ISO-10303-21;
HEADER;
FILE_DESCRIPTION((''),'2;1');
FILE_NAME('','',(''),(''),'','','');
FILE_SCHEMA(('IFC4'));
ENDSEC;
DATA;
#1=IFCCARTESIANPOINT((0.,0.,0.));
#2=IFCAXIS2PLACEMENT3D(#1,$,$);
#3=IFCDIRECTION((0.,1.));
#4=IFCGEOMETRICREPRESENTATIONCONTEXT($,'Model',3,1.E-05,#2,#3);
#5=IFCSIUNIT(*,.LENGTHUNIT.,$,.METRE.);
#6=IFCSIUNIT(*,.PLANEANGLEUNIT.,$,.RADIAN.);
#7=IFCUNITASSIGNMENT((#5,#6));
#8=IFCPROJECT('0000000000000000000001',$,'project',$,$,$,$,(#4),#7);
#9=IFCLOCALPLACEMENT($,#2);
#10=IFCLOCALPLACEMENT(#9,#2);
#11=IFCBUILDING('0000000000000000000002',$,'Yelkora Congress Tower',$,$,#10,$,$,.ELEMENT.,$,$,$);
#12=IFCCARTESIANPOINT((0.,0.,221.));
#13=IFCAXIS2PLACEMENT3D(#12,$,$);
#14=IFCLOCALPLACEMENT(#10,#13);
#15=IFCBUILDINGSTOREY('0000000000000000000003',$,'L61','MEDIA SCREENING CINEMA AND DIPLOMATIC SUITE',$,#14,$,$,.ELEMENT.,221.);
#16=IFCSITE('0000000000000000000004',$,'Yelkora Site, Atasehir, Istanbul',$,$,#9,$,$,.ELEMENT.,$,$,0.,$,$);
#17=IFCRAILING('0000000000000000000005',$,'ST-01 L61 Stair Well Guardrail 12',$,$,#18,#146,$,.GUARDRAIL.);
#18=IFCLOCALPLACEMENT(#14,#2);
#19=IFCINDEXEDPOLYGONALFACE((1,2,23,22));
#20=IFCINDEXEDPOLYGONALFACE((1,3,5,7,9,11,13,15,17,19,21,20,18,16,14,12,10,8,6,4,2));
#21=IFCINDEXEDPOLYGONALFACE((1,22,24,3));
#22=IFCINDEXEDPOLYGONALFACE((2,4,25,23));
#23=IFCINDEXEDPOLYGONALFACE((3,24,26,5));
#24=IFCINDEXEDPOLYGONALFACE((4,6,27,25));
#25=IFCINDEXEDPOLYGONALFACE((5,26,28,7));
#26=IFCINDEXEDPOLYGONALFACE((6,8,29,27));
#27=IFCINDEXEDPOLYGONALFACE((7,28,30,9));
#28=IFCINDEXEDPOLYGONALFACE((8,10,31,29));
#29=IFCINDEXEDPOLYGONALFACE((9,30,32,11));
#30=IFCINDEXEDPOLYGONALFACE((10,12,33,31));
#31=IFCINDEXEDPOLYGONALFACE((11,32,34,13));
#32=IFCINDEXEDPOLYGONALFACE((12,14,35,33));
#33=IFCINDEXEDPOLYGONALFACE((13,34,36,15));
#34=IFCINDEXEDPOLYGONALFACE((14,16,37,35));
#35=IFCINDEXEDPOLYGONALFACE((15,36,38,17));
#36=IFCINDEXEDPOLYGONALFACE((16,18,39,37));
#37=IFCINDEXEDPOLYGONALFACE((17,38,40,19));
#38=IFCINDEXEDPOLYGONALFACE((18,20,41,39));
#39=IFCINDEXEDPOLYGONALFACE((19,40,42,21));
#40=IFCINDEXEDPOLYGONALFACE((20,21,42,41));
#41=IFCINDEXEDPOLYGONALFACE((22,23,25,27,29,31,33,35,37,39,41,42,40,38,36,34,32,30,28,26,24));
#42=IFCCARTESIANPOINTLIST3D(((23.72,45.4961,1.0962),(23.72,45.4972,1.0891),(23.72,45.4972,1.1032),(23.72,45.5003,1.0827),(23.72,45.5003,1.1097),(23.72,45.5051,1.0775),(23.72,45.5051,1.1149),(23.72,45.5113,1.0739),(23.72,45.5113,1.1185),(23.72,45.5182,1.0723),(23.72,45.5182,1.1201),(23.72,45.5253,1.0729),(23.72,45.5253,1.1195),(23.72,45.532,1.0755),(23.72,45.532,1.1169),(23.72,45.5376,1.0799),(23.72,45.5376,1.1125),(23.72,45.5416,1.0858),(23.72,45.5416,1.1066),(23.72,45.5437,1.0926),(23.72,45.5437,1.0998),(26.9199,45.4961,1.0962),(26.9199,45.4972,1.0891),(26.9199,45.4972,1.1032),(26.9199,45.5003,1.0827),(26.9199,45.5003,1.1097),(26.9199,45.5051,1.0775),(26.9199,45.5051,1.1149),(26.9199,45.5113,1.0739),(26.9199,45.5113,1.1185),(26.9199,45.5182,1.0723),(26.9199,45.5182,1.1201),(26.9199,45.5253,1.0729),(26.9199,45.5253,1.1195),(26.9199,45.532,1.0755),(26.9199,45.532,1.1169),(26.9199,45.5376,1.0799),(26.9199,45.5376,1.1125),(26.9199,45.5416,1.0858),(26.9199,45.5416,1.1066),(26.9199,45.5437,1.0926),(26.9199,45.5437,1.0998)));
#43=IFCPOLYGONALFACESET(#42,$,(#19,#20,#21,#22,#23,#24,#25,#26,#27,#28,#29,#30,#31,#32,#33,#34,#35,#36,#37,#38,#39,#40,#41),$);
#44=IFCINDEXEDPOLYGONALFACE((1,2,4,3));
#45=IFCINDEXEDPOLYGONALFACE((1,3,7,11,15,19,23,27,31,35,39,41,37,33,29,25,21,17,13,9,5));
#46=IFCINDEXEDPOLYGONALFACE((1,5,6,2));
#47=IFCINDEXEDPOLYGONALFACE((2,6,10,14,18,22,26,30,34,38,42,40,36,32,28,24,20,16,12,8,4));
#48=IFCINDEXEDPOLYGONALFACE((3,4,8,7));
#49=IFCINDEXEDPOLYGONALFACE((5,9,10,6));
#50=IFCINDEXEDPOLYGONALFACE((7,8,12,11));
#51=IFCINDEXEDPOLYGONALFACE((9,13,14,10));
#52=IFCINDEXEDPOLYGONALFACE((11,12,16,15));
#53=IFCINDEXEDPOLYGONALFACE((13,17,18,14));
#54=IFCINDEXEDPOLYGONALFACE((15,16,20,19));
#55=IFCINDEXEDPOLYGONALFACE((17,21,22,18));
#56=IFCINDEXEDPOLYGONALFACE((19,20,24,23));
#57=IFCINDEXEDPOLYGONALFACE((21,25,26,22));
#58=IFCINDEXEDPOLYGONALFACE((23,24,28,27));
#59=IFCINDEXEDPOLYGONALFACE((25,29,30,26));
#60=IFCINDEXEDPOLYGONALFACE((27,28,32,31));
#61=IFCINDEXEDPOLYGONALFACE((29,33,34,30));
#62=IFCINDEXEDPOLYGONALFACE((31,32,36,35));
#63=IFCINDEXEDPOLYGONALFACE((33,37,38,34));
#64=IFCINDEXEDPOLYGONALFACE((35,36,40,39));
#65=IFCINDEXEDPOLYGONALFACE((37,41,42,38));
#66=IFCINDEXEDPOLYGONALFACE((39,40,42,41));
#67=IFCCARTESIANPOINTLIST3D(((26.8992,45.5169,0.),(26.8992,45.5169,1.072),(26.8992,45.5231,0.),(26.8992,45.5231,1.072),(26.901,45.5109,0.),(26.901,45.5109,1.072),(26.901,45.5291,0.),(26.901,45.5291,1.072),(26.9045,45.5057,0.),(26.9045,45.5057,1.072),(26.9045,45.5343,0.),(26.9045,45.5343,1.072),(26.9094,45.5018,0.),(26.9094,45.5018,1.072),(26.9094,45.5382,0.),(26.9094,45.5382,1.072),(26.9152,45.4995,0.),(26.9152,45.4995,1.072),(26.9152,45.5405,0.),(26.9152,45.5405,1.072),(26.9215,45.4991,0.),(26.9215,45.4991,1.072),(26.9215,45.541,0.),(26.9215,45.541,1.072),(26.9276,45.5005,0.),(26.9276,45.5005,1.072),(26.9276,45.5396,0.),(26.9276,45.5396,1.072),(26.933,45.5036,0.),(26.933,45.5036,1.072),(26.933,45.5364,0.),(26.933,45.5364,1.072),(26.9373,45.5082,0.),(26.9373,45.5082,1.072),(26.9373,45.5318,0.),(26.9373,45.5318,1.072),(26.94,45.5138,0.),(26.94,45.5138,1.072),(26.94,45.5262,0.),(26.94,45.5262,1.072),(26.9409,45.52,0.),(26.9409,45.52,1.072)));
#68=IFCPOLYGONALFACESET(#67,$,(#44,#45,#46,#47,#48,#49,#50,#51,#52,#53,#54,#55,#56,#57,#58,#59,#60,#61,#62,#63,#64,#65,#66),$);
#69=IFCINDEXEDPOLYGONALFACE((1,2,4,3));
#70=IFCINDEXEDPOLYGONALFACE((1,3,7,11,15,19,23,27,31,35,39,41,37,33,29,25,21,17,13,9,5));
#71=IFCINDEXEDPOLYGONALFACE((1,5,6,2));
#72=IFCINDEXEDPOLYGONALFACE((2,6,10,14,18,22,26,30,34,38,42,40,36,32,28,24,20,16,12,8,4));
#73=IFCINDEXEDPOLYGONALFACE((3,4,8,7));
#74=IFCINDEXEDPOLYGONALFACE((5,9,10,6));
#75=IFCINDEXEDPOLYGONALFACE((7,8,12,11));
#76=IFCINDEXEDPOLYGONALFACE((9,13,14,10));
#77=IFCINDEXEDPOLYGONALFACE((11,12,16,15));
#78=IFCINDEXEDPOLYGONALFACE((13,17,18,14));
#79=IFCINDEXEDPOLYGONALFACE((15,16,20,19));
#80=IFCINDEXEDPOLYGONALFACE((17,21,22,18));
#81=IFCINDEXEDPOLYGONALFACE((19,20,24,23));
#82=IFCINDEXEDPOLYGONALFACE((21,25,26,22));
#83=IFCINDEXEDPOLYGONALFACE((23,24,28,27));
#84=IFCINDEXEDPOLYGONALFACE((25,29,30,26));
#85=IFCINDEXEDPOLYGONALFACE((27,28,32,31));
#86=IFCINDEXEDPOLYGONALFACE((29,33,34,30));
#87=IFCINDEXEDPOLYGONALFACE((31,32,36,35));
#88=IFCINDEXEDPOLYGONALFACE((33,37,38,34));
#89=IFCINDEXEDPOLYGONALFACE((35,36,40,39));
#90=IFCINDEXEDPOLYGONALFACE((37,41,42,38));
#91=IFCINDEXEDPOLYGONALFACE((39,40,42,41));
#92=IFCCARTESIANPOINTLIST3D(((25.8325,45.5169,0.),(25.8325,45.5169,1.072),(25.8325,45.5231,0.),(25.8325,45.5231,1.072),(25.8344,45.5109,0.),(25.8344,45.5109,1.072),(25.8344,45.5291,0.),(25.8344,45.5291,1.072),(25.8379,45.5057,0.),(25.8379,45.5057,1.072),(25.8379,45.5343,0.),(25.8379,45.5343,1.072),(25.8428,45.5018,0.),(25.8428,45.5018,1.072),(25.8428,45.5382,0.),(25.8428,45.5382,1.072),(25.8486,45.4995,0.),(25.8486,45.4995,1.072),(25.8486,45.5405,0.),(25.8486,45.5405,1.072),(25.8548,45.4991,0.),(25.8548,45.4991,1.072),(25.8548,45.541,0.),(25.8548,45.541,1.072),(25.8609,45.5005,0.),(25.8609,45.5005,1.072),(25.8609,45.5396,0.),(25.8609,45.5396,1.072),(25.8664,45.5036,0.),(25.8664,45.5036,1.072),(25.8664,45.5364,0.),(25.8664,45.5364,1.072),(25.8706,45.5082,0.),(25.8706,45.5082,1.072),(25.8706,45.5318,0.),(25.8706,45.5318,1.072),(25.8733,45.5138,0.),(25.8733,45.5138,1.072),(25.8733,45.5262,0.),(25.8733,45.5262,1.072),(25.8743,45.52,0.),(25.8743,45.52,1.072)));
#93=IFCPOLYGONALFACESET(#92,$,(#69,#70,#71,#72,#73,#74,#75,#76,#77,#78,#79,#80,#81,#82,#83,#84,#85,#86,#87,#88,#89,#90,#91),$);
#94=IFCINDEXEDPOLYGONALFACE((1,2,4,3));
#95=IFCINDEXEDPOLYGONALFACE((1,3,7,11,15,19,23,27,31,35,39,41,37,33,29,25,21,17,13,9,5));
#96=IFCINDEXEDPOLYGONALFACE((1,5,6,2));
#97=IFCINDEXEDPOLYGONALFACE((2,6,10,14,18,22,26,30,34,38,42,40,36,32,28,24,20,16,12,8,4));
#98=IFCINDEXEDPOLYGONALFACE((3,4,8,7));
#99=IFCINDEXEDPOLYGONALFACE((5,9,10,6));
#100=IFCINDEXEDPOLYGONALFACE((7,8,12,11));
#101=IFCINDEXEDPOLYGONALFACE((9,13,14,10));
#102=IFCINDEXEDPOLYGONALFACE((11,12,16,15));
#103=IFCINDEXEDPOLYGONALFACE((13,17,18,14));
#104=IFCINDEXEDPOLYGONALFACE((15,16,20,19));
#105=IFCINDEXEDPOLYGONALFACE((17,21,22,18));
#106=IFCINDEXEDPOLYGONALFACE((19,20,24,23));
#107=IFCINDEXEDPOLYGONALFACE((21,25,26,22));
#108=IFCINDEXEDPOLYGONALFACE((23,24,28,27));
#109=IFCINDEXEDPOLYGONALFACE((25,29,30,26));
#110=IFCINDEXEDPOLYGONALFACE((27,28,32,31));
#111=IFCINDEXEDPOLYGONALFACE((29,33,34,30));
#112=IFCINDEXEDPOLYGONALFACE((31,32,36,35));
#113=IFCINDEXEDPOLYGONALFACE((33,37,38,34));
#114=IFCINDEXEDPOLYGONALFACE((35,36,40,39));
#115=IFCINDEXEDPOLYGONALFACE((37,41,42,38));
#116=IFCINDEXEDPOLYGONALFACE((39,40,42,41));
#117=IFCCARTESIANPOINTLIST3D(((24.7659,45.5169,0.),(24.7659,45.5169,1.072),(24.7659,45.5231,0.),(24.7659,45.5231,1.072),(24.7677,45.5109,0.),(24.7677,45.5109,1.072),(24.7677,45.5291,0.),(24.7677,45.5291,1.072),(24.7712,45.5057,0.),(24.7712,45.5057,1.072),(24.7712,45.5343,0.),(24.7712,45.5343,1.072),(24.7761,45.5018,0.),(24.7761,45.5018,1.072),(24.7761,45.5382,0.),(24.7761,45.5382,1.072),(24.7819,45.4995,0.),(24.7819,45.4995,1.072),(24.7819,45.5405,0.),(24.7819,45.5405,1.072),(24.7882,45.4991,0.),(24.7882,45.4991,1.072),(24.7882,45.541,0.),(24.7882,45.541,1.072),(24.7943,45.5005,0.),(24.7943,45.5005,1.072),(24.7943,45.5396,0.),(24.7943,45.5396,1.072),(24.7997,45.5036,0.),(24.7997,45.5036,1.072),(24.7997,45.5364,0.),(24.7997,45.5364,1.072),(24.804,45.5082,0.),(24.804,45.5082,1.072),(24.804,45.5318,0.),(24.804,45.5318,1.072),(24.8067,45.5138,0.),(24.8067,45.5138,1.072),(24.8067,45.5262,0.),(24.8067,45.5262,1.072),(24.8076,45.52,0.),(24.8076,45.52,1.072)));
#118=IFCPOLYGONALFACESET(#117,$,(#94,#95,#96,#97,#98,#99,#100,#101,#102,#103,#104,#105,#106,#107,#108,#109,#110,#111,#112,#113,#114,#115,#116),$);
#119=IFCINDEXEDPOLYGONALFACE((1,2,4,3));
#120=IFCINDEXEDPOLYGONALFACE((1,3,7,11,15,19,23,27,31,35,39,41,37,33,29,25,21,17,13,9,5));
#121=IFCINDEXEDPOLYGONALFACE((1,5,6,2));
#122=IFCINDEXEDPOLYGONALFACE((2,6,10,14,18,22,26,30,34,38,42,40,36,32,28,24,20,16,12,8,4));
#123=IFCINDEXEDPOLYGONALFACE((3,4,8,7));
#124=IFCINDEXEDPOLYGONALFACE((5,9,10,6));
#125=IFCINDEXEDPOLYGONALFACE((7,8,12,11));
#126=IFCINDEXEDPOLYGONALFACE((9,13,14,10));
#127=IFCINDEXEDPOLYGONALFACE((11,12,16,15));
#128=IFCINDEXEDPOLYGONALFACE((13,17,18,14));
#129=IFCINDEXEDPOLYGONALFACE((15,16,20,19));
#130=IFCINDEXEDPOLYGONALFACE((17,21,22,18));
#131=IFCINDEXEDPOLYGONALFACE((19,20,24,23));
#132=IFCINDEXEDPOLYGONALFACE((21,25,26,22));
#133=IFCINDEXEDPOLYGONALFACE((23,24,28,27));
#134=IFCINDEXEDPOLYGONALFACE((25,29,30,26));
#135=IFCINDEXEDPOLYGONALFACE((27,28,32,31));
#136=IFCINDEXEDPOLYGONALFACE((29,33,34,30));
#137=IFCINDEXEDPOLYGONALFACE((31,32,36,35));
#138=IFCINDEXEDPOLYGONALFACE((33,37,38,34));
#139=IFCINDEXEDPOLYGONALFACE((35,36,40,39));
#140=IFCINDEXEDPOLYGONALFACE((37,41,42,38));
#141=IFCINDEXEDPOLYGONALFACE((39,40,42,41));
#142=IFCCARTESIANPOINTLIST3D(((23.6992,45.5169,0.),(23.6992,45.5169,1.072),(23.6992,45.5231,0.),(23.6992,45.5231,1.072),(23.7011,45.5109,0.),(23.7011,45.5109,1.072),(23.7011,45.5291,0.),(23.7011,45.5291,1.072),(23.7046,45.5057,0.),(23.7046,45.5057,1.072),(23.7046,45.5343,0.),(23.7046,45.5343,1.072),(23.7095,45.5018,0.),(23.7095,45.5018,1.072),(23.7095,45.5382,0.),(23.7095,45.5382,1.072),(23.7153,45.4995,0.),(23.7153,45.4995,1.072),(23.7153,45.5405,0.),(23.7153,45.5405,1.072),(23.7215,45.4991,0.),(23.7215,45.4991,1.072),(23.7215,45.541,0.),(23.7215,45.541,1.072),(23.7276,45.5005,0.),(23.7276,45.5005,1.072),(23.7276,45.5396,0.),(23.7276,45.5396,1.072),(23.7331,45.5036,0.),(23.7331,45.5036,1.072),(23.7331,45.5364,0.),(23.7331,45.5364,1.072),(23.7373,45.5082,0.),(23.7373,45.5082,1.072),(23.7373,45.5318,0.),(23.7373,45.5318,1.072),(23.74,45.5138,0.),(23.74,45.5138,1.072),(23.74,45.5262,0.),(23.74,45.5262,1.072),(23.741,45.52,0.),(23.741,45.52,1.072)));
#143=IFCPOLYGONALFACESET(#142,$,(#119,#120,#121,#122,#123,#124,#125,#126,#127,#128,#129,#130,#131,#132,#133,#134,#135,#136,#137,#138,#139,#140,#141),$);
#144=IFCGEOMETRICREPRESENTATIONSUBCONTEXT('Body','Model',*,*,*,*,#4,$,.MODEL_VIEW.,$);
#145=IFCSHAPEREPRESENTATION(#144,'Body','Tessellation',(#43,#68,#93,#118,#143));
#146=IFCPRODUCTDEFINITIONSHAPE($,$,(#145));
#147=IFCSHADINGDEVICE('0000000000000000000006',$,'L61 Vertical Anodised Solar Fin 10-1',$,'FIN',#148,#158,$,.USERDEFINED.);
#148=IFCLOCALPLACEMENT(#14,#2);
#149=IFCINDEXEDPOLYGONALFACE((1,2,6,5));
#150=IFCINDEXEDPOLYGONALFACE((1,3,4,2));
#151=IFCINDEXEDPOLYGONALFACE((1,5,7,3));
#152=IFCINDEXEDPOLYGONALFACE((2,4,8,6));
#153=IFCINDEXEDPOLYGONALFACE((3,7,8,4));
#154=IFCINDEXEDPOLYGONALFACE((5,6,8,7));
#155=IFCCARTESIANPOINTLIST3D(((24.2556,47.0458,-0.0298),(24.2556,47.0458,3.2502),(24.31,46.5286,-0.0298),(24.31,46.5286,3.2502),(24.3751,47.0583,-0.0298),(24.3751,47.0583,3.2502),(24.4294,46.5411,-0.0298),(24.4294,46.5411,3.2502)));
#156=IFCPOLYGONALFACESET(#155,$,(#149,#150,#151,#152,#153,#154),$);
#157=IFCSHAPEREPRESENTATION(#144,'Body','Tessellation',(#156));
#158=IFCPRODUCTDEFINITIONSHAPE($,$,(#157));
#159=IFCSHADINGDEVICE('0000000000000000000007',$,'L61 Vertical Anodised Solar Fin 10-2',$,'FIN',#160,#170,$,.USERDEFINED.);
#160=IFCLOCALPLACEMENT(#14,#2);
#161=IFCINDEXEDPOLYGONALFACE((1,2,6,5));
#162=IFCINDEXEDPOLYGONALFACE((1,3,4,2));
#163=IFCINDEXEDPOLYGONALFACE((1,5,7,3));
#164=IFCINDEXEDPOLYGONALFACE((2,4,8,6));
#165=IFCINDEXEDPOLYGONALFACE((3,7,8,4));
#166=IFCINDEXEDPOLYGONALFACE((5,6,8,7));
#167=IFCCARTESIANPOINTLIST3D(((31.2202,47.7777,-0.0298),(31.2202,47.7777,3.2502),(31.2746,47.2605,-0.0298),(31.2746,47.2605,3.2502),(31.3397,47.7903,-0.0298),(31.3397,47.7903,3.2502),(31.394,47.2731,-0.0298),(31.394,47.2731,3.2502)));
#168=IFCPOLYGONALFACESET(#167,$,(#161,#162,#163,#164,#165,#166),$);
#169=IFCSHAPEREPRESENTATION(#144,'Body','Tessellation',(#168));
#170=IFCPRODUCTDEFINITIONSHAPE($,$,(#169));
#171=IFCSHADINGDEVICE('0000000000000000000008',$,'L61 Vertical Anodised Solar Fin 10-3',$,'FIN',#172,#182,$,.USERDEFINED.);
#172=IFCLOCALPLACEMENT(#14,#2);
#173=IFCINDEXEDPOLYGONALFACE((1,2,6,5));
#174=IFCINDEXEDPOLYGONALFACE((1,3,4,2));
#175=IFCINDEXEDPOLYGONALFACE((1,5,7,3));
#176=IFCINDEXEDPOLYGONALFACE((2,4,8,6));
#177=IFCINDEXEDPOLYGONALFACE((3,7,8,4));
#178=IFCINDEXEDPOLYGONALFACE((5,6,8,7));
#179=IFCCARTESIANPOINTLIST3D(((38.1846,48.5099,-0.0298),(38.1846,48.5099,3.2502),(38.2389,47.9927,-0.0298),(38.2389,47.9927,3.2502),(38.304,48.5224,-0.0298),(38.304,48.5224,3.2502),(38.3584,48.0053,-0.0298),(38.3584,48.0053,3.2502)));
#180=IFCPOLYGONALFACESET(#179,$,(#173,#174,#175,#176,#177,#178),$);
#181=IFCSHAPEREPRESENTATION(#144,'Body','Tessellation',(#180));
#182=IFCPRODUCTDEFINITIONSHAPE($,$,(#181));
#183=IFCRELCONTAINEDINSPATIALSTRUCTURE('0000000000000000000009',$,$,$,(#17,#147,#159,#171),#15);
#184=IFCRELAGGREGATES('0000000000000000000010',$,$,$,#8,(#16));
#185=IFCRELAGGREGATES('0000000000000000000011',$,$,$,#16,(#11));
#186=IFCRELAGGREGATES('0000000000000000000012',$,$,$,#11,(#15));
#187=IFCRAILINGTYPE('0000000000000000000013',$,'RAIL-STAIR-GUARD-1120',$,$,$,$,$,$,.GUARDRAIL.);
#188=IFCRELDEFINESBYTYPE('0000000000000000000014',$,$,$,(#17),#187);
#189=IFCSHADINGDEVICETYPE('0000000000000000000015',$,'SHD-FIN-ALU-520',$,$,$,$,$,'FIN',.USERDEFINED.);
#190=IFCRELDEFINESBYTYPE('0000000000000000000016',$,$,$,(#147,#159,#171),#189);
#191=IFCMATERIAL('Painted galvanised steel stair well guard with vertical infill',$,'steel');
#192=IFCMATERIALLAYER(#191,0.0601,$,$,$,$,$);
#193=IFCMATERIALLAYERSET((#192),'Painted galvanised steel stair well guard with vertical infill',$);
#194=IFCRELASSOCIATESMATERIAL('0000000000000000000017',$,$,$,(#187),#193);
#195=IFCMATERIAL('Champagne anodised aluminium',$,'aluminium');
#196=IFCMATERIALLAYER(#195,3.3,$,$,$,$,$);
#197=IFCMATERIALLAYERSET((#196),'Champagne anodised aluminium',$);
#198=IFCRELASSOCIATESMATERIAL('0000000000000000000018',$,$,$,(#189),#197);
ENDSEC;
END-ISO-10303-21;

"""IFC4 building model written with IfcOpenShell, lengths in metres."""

from ifc_helpers import new_model, si_unit, direction, frame, origin, origin_2d, place, context, subcontext, project, spatial, rectangle, circle, extrude, material, layer, layer_set, type_object, element, save


model = new_model("IFC4")

# Units and contexts
model_context = context("Model", 3, precision=1e-05, world=origin(), true_north=direction((0.0, 1.0)))
body_context = subcontext(model_context, "Body", "Model", "MODEL_VIEW")
ifc_project = project(units=[si_unit("LENGTHUNIT", "METRE"), si_unit("PLANEANGLEUNIT", "RADIAN")], contexts=[model_context])

# Site, building, storey
site_placement = place(None, origin())
site = spatial("IfcSite", under=ifc_project, at=site_placement, Name="Yelkora Site, Atasehir, Istanbul", CompositionType="ELEMENT", RefElevation=0.0)
building_placement = place(site_placement, origin())
building = spatial("IfcBuilding", under=site, at=building_placement, Name="Yelkora Congress Tower", CompositionType="ELEMENT")
storey_placement = place(building_placement, frame((0.0, 0.0, 221.0)))
storey = spatial("IfcBuildingStorey", under=building, at=storey_placement, Name="L61", Description="MEDIA SCREENING CINEMA AND DIPLOMATIC SUITE", CompositionType="ELEMENT", Elevation=221.0)

# Railing
ifc_material_1 = material(Name="Painted galvanised steel stair well guard with vertical infill", Category="steel")
ifc_layer_1 = layer(ifc_material_1, 0.0601)
ifc_layer_set_1 = layer_set([ifc_layer_1], Name="Painted galvanised steel stair well guard with vertical infill")
railing_type = type_object("IfcRailingType", Name="RAIL-STAIR-GUARD-1120", PredefinedType="GUARDRAIL", material=ifc_layer_set_1)
railing_1_placement = place(storey_placement, frame((26.9199, 45.52, 0.0)))
element("IfcRailing", 1, at=railing_1_placement, inside=storey, type_object=railing_type, Name="ST-01 L61 Stair Well Guardrail 12", PredefinedType="GUARDRAIL", context=body_context, shape_type="SweptSolid", body=[
    extrude(circle(Radius=0.0239, at=origin_2d()), frame((0.0, 0.0, 1.0962), z_axis=(-1.0, 0.0, 0.0), x_axis=(0.0, -1.0, 0.0)), (0.0, 0.0, 1.0), 3.2),
    extrude(circle(Radius=0.021, at=origin_2d()), origin(), (0.0, 0.0, 1.0), 1.072),
    extrude(circle(Radius=0.021, at=origin_2d()), frame((-1.0667, 0.0, 0.0)), (0.0, 0.0, 1.0), 1.072),
    extrude(circle(Radius=0.021, at=origin_2d()), frame((-2.1333, 0.0, 0.0)), (0.0, 0.0, 1.0), 1.072),
    extrude(circle(Radius=0.021, at=origin_2d()), frame((-3.2, 0.0, 0.0)), (0.0, 0.0, 1.0), 1.072),
])

# Shading devices
ifc_material_2 = material(Name="Champagne anodised aluminium", Category="aluminium")
ifc_layer_2 = layer(ifc_material_2, 3.3)
ifc_layer_set_2 = layer_set([ifc_layer_2], Name="Champagne anodised aluminium")
shading_device_type = type_object("IfcShadingDeviceType", Name="SHD-FIN-ALU-520", ElementType="FIN", PredefinedType="USERDEFINED", material=ifc_layer_set_2)
for number, where, z_axis, x_axis, name in (
    (2, (24.3425, 46.7935, -0.0298), (0.0, 0.0, 1.0), (0.994522, 0.104528, 0.0), "L61 Vertical Anodised Solar Fin 10-1"),
    (3, (31.3071, 47.5254, -0.0298), (0.0, 0.0, 1.0), (0.994522, 0.104528, 0.0), "L61 Vertical Anodised Solar Fin 10-2"),
    (4, (38.2715, 48.2576, -0.0298), (0.0, 0.0, 1.0), (0.994522, 0.104528, 0.0), "L61 Vertical Anodised Solar Fin 10-3"),
):
    element("IfcShadingDevice", number, at=place(storey_placement, frame(where, z_axis=z_axis, x_axis=x_axis)), inside=storey, type_object=shading_device_type, Name=name, ObjectType="FIN", PredefinedType="USERDEFINED", context=body_context, shape_type="SweptSolid", body=[
        extrude(rectangle(XDim=0.1201, YDim=0.52, at=origin_2d()), origin(), (0.0, 0.0, 1.0), 3.28),
    ])

save(model, "model.ifc")
